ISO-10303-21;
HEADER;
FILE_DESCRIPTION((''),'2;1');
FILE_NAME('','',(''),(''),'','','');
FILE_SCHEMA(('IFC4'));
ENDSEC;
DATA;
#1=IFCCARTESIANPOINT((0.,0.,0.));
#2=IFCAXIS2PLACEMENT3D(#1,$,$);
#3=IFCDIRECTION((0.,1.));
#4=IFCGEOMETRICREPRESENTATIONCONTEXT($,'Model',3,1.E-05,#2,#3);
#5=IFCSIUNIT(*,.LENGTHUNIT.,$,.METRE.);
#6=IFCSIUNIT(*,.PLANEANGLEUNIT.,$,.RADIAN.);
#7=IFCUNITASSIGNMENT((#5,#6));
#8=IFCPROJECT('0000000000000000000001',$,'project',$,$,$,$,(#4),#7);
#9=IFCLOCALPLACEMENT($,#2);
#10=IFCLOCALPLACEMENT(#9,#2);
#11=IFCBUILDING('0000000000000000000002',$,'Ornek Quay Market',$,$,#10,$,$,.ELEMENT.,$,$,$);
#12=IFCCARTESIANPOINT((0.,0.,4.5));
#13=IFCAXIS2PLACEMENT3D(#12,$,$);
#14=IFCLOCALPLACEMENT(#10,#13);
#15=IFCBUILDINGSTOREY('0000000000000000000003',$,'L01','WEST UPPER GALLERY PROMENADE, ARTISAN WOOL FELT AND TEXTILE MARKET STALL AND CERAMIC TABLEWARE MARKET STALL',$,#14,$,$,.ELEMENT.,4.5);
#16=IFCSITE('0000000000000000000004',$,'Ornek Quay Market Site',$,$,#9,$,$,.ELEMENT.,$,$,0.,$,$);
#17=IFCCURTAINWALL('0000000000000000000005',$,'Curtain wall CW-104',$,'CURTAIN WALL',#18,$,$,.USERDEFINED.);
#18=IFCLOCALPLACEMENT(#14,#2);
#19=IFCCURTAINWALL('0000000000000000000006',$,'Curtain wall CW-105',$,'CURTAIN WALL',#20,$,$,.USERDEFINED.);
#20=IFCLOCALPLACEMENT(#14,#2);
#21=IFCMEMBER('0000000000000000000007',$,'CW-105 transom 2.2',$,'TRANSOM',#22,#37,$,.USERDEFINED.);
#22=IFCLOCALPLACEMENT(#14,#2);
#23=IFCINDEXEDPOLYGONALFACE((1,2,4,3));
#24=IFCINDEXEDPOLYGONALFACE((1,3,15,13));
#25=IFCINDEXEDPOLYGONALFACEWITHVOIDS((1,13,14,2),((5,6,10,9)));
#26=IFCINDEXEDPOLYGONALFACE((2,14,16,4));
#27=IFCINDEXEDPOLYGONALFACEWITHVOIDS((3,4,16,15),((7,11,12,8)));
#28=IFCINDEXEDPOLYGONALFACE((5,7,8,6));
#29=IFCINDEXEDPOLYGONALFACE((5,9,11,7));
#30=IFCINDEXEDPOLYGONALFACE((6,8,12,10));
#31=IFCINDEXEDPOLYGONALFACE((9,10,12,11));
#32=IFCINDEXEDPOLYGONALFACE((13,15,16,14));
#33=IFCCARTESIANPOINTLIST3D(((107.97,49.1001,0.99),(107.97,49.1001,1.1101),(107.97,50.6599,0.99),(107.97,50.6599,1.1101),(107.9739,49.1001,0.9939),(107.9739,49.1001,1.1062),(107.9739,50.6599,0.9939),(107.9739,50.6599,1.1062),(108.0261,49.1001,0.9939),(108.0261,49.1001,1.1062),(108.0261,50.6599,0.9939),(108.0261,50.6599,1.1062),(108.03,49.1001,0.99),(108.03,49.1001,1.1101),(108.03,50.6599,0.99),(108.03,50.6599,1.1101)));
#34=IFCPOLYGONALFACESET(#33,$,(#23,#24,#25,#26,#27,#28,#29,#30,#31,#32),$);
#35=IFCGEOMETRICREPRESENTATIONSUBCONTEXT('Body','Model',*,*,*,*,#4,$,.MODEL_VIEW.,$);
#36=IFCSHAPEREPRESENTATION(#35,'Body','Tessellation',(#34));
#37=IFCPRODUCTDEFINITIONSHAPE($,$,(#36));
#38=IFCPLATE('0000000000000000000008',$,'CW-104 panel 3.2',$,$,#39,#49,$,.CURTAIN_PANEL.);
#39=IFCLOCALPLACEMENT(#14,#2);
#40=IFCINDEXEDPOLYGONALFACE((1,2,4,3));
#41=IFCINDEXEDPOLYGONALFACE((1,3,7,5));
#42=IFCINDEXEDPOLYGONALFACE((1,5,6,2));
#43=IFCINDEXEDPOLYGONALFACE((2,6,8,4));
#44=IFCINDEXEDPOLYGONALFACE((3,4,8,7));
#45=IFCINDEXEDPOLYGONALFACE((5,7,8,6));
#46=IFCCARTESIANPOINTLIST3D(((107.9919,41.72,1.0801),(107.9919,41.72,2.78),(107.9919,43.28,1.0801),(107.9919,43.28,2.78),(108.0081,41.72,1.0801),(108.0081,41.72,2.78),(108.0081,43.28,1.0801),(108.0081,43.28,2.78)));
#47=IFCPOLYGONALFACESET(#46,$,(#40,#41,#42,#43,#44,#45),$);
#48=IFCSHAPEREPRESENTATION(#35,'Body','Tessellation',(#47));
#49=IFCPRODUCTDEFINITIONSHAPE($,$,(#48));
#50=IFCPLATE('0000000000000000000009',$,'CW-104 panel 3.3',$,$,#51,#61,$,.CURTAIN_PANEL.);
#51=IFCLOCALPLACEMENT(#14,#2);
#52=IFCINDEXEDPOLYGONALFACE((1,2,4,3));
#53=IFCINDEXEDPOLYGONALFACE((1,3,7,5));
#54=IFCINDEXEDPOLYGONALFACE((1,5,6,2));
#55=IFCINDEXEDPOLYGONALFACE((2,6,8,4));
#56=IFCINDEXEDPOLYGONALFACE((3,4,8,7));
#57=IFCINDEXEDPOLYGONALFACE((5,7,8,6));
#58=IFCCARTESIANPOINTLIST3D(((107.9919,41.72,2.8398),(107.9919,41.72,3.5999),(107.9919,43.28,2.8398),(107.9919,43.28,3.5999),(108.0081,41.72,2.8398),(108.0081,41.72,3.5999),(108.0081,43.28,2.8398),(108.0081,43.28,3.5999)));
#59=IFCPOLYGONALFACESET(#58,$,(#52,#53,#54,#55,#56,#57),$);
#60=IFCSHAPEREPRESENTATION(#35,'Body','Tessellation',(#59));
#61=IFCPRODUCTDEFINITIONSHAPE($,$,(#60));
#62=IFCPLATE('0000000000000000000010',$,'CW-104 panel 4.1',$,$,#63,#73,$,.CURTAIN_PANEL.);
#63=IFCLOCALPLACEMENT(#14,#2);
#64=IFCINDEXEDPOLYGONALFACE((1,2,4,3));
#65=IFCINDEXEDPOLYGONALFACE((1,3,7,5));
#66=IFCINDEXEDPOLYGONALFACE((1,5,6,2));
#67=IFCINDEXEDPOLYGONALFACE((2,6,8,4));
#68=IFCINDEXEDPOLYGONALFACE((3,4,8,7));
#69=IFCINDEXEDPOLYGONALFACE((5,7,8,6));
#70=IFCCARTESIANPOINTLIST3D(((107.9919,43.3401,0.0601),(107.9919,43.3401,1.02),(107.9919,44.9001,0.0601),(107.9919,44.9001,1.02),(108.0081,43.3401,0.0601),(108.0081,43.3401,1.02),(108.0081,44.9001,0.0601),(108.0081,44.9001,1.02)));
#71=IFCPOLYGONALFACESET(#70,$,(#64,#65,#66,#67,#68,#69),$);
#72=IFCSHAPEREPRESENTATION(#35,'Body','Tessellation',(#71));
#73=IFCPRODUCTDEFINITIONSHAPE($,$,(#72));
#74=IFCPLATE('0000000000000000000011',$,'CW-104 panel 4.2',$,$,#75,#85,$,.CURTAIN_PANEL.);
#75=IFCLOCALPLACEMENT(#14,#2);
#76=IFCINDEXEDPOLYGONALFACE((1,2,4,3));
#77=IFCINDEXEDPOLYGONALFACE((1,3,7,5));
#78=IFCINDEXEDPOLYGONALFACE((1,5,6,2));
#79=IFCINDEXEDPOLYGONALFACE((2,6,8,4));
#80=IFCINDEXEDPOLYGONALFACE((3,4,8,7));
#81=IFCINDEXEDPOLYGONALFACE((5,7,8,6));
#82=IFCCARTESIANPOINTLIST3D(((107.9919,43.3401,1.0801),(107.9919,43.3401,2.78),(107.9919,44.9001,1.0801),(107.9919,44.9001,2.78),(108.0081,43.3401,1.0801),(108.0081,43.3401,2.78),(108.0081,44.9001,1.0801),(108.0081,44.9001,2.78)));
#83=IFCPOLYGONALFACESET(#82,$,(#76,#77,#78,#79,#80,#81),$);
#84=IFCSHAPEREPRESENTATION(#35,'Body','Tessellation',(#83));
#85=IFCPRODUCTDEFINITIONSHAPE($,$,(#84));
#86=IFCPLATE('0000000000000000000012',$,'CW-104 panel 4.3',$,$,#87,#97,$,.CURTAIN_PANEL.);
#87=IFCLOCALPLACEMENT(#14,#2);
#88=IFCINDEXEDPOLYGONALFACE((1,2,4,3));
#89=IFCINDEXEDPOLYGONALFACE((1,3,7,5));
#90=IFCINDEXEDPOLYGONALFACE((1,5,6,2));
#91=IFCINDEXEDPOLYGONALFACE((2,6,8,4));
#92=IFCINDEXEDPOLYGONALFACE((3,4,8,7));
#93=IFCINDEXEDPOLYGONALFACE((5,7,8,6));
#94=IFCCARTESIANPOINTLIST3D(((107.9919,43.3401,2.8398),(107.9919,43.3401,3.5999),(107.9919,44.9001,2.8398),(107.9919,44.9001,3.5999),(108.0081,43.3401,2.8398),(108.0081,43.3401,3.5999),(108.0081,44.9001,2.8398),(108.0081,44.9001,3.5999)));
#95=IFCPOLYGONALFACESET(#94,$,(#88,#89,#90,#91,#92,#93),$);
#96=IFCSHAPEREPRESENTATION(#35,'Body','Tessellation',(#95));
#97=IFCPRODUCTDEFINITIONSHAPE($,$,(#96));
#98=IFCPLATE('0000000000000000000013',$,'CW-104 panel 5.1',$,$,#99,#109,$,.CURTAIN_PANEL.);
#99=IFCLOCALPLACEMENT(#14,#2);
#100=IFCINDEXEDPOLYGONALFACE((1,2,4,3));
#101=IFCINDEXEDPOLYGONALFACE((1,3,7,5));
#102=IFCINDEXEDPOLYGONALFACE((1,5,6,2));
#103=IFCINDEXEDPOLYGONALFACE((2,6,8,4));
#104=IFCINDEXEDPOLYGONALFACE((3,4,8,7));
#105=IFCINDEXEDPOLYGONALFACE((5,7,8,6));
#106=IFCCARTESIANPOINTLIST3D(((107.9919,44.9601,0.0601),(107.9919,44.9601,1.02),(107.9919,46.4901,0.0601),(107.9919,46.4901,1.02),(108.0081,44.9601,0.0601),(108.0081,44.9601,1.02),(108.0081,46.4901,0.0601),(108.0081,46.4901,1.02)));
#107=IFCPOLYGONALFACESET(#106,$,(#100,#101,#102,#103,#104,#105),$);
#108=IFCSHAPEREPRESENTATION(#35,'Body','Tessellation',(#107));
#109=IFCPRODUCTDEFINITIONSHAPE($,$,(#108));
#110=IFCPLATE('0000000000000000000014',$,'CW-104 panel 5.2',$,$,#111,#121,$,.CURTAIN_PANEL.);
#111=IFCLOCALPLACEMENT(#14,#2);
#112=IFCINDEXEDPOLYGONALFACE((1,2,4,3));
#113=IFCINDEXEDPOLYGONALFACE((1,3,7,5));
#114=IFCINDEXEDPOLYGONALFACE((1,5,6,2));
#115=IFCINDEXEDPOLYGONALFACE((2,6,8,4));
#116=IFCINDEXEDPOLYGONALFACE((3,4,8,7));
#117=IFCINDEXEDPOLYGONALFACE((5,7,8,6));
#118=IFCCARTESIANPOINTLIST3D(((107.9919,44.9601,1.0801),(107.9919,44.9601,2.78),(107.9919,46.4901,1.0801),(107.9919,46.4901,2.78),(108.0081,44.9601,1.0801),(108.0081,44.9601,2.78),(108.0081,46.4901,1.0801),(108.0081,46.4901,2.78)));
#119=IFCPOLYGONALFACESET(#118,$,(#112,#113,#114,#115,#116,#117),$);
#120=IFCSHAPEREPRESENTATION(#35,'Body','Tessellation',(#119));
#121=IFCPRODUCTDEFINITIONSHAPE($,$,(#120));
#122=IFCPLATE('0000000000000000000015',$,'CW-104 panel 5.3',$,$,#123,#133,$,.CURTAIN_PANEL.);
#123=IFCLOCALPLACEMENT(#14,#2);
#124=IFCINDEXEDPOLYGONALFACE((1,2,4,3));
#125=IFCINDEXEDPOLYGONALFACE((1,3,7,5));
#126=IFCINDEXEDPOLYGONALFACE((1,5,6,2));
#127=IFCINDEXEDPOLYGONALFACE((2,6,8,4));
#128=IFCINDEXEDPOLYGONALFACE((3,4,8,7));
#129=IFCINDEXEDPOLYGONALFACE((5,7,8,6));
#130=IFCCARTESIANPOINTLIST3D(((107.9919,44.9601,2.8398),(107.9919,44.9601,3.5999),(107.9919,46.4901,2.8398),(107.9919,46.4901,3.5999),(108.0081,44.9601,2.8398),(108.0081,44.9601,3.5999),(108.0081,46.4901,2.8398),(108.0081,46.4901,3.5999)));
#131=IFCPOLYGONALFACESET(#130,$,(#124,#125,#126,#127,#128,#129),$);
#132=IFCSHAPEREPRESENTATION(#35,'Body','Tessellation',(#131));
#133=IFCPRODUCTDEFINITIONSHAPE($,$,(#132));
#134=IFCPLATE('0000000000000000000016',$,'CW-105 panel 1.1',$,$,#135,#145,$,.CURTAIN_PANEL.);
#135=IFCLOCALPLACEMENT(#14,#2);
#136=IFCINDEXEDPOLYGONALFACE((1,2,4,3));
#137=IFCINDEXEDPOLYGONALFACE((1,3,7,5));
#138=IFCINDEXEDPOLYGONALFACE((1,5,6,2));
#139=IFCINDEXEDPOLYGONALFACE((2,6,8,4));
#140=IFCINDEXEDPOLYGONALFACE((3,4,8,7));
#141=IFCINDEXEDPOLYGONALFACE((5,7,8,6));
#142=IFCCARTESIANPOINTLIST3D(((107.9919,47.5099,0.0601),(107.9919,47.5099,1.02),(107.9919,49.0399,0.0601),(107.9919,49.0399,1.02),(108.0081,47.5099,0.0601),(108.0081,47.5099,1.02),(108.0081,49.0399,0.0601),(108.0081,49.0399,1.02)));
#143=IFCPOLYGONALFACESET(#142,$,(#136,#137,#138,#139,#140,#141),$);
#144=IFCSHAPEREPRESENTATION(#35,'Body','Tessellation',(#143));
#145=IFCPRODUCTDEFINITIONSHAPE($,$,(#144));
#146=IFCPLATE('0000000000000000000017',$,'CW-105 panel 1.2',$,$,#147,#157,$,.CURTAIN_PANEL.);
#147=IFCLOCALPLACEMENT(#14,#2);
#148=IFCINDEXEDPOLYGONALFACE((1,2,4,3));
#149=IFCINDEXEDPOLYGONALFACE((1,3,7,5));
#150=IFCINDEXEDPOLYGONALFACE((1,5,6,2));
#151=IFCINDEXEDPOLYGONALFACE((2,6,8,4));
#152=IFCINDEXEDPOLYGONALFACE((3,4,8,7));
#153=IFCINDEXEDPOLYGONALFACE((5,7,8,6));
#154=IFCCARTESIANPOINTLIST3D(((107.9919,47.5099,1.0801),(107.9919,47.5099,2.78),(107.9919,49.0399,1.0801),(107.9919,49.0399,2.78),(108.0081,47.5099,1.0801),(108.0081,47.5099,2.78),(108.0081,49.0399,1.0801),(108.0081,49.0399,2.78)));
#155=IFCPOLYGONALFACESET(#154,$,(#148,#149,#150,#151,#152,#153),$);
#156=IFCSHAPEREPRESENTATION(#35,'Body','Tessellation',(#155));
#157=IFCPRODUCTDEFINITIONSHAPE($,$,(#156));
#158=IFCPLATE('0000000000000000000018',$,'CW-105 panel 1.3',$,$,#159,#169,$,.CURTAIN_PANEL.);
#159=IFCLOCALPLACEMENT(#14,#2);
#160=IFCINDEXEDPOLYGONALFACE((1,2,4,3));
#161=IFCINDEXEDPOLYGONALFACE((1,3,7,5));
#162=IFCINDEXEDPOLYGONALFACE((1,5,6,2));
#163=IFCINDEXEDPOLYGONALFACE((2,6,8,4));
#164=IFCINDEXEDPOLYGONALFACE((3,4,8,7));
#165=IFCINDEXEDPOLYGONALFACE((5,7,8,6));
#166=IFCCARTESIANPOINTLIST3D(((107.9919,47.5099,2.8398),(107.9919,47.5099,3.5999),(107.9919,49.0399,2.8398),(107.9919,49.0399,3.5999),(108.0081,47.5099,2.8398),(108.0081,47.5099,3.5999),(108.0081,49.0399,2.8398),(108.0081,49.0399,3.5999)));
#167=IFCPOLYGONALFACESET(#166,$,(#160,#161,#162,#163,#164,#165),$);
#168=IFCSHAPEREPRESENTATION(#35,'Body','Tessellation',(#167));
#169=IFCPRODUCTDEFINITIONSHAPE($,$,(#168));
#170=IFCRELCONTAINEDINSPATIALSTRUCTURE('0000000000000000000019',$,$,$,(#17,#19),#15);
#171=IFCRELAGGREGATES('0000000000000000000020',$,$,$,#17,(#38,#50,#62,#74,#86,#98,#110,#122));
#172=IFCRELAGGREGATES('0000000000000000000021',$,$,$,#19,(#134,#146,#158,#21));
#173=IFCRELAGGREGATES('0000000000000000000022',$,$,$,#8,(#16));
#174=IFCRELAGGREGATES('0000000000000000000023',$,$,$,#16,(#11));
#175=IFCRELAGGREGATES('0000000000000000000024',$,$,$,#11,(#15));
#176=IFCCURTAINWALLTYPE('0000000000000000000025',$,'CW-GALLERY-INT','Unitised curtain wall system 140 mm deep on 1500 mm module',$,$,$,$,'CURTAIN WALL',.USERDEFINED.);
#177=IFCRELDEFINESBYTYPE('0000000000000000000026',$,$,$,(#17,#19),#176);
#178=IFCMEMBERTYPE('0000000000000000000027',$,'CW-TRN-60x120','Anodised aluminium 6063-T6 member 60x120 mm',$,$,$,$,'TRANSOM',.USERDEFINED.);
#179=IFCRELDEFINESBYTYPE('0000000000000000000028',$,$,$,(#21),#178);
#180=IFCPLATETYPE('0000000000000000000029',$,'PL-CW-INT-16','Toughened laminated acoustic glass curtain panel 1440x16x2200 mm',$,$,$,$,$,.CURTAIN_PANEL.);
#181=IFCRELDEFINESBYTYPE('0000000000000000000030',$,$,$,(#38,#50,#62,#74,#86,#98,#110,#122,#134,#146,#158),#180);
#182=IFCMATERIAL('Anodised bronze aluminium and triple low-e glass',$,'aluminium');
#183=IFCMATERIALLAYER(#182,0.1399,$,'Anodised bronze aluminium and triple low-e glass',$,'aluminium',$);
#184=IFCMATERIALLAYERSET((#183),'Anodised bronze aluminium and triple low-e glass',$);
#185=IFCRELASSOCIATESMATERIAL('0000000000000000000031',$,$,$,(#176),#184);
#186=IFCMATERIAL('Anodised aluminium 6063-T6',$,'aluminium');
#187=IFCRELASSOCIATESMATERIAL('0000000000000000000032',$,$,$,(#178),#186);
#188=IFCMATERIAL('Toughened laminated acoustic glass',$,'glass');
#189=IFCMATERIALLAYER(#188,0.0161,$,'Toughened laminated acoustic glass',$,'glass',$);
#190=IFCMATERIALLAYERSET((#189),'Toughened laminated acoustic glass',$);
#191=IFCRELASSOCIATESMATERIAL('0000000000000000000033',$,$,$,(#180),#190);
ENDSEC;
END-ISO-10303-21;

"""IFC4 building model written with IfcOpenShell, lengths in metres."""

from ifc_helpers import new_model, si_unit, direction, frame, origin, origin_2d, place, context, subcontext, project, spatial, rectangle, hollow_rectangle, extrude, material, layer, layer_set, material_profile, profile_set, type_object, element, aggregate, save


model = new_model("IFC4")

# Units and contexts
model_context = context("Model", 3, precision=1e-05, world=origin(), true_north=direction((0.0, 1.0)))
body_context = subcontext(model_context, "Body", "Model", "MODEL_VIEW")
ifc_project = project(units=[si_unit("LENGTHUNIT", "METRE"), si_unit("PLANEANGLEUNIT", "RADIAN")], contexts=[model_context])

# Site, building, storey
site_placement = place(None, origin())
site = spatial("IfcSite", under=ifc_project, at=site_placement, Name="Ornek Quay Market Site", CompositionType="ELEMENT", RefElevation=0.0)
building_placement = place(site_placement, origin())
building = spatial("IfcBuilding", under=site, at=building_placement, Name="Ornek Quay Market", CompositionType="ELEMENT")
storey_placement = place(building_placement, frame((0.0, 0.0, 4.5)))
storey = spatial("IfcBuildingStorey", under=building, at=storey_placement, Name="L01", Description="WEST UPPER GALLERY PROMENADE, ARTISAN WOOL FELT AND TEXTILE MARKET STALL AND CERAMIC TABLEWARE MARKET STALL", CompositionType="ELEMENT", Elevation=4.5)

# Curtain walls
ifc_material_1 = material(Name="Anodised bronze aluminium and triple low-e glass", Category="aluminium")
ifc_layer_1 = layer(ifc_material_1, 0.1399, Name="Anodised bronze aluminium and triple low-e glass", Category="aluminium")
ifc_layer_set_1 = layer_set([ifc_layer_1], Name="Anodised bronze aluminium and triple low-e glass")
curtain_wall_type = type_object("IfcCurtainWallType", Name="CW-GALLERY-INT", Description="Unitised curtain wall system 140 mm deep on 1500 mm module", ElementType="CURTAIN WALL", PredefinedType="USERDEFINED", material=ifc_layer_set_1)
curtain_wall_1_placement = place(storey_placement, origin())
curtain_wall_1 = element("IfcCurtainWall", 1, at=curtain_wall_1_placement, inside=storey, type_object=curtain_wall_type, Name="Curtain wall CW-104", ObjectType="CURTAIN WALL", PredefinedType="USERDEFINED")
ifc_material_2 = material(Name="Anodised aluminium 6063-T6", Category="aluminium")
curtain_wall_2_placement = place(storey_placement, origin())
curtain_wall_2 = element("IfcCurtainWall", 2, at=curtain_wall_2_placement, inside=storey, type_object=curtain_wall_type, Name="Curtain wall CW-105", ObjectType="CURTAIN WALL", PredefinedType="USERDEFINED")

# Member
ifc_material_profile_1 = material_profile(ifc_material_2, hollow_rectangle(XDim=0.0601, YDim=0.1201, WallThickness=0.0039, at=origin_2d()), Name="CW-TRN-60x120", Category="aluminium")
ifc_profile_set_1 = profile_set([ifc_material_profile_1], Name="Anodised aluminium 6063-T6")
member_type_1 = type_object("IfcMemberType", Name="CW-TRN-60x120", Description="Anodised aluminium 6063-T6 member 60x120 mm", ElementType="TRANSOM", PredefinedType="USERDEFINED", material=ifc_profile_set_1)
member_1_placement = place(storey_placement, frame((108.0, 49.1001, 1.05), z_axis=(0.0, 1.0, 0.0), x_axis=(-1.0, 0.0, 0.0)))
member_1 = element("IfcMember", 3, at=member_1_placement, type_object=member_type_1, Name="CW-105 transom 2.2", ObjectType="TRANSOM", PredefinedType="USERDEFINED", context=body_context, shape_type="SweptSolid", body=[
    extrude(hollow_rectangle(XDim=0.0601, YDim=0.1201, WallThickness=0.0039, at=origin_2d()), origin(), (0.0, 0.0, 1.0), 1.5598),
])

# Plates
ifc_material_3 = material(Name="Toughened laminated acoustic glass", Category="glass")
ifc_layer_2 = layer(ifc_material_3, 0.0161, Name="Toughened laminated acoustic glass", Category="glass")
ifc_layer_set_2 = layer_set([ifc_layer_2], Name="Toughened laminated acoustic glass")
plate_type = type_object("IfcPlateType", Name="PL-CW-INT-16", Description="Toughened laminated acoustic glass curtain panel 1440x16x2200 mm", PredefinedType="CURTAIN_PANEL", material=ifc_layer_set_2)
plate_1_placement = place(storey_placement, frame((108.0, 42.5, 1.0801), z_axis=(0.0, 0.0, 1.0), x_axis=(0.0, 1.0, 0.0)))
plate_1 = element("IfcPlate", 4, at=plate_1_placement, type_object=plate_type, Name="CW-104 panel 3.2", PredefinedType="CURTAIN_PANEL", context=body_context, shape_type="SweptSolid", body=[
    extrude(rectangle(XDim=1.5601, YDim=0.0161, at=origin_2d()), origin(), (0.0, 0.0, 1.0), 1.7),
])
plate_2_placement = place(storey_placement, frame((108.0, 42.5, 2.8398), z_axis=(0.0, 0.0, 1.0), x_axis=(0.0, 1.0, 0.0)))
plate_2 = element("IfcPlate", 5, at=plate_2_placement, type_object=plate_type, Name="CW-104 panel 3.3", PredefinedType="CURTAIN_PANEL", context=body_context, shape_type="SweptSolid", body=[
    extrude(rectangle(XDim=1.5601, YDim=0.0161, at=origin_2d()), origin(), (0.0, 0.0, 1.0), 0.76),
])
plate_3_placement = place(storey_placement, frame((108.0, 44.1201, 0.0601), z_axis=(0.0, 0.0, 1.0), x_axis=(0.0, 1.0, 0.0)))
plate_3 = element("IfcPlate", 6, at=plate_3_placement, type_object=plate_type, Name="CW-104 panel 4.1", PredefinedType="CURTAIN_PANEL", context=body_context, shape_type="SweptSolid", body=[
    extrude(rectangle(XDim=1.5601, YDim=0.0161, at=origin_2d()), origin(), (0.0, 0.0, 1.0), 0.96),
])
plate_4_placement = place(storey_placement, frame((108.0, 44.1201, 1.0801), z_axis=(0.0, 0.0, 1.0), x_axis=(0.0, 1.0, 0.0)))
plate_4 = element("IfcPlate", 7, at=plate_4_placement, type_object=plate_type, Name="CW-104 panel 4.2", PredefinedType="CURTAIN_PANEL", context=body_context, shape_type="SweptSolid", body=[
    extrude(rectangle(XDim=1.5601, YDim=0.0161, at=origin_2d()), origin(), (0.0, 0.0, 1.0), 1.7),
])
plate_5_placement = place(storey_placement, frame((108.0, 44.1201, 2.8398), z_axis=(0.0, 0.0, 1.0), x_axis=(0.0, 1.0, 0.0)))
plate_5 = element("IfcPlate", 8, at=plate_5_placement, type_object=plate_type, Name="CW-104 panel 4.3", PredefinedType="CURTAIN_PANEL", context=body_context, shape_type="SweptSolid", body=[
    extrude(rectangle(XDim=1.5601, YDim=0.0161, at=origin_2d()), origin(), (0.0, 0.0, 1.0), 0.76),
])
plate_6_placement = place(storey_placement, frame((108.0, 45.7251, 0.0601), z_axis=(0.0, 0.0, 1.0), x_axis=(0.0, 1.0, 0.0)))
plate_6 = element("IfcPlate", 9, at=plate_6_placement, type_object=plate_type, Name="CW-104 panel 5.1", PredefinedType="CURTAIN_PANEL", context=body_context, shape_type="SweptSolid", body=[
    extrude(rectangle(XDim=1.53, YDim=0.0161, at=origin_2d()), origin(), (0.0, 0.0, 1.0), 0.96),
])
plate_7_placement = place(storey_placement, frame((108.0, 45.7251, 1.0801), z_axis=(0.0, 0.0, 1.0), x_axis=(0.0, 1.0, 0.0)))
plate_7 = element("IfcPlate", 10, at=plate_7_placement, type_object=plate_type, Name="CW-104 panel 5.2", PredefinedType="CURTAIN_PANEL", context=body_context, shape_type="SweptSolid", body=[
    extrude(rectangle(XDim=1.53, YDim=0.0161, at=origin_2d()), origin(), (0.0, 0.0, 1.0), 1.7),
])
plate_8_placement = place(storey_placement, frame((108.0, 45.7251, 2.8398), z_axis=(0.0, 0.0, 1.0), x_axis=(0.0, 1.0, 0.0)))
plate_8 = element("IfcPlate", 11, at=plate_8_placement, type_object=plate_type, Name="CW-104 panel 5.3", PredefinedType="CURTAIN_PANEL", context=body_context, shape_type="SweptSolid", body=[
    extrude(rectangle(XDim=1.53, YDim=0.0161, at=origin_2d()), origin(), (0.0, 0.0, 1.0), 0.76),
])
aggregate(curtain_wall_1, [plate_1, plate_2, plate_3, plate_4, plate_5, plate_6, plate_7, plate_8])
plate_9_placement = place(storey_placement, frame((108.0, 48.2749, 0.0601), z_axis=(0.0, 0.0, 1.0), x_axis=(0.0, 1.0, 0.0)))
plate_9 = element("IfcPlate", 12, at=plate_9_placement, type_object=plate_type, Name="CW-105 panel 1.1", PredefinedType="CURTAIN_PANEL", context=body_context, shape_type="SweptSolid", body=[
    extrude(rectangle(XDim=1.53, YDim=0.0161, at=origin_2d()), origin(), (0.0, 0.0, 1.0), 0.96),
])
plate_10_placement = place(storey_placement, frame((108.0, 48.2749, 1.0801), z_axis=(0.0, 0.0, 1.0), x_axis=(0.0, 1.0, 0.0)))
plate_10 = element("IfcPlate", 13, at=plate_10_placement, type_object=plate_type, Name="CW-105 panel 1.2", PredefinedType="CURTAIN_PANEL", context=body_context, shape_type="SweptSolid", body=[
    extrude(rectangle(XDim=1.53, YDim=0.0161, at=origin_2d()), origin(), (0.0, 0.0, 1.0), 1.7),
])
plate_11_placement = place(storey_placement, frame((108.0, 48.2749, 2.8398), z_axis=(0.0, 0.0, 1.0), x_axis=(0.0, 1.0, 0.0)))
plate_11 = element("IfcPlate", 14, at=plate_11_placement, type_object=plate_type, Name="CW-105 panel 1.3", PredefinedType="CURTAIN_PANEL", context=body_context, shape_type="SweptSolid", body=[
    extrude(rectangle(XDim=1.53, YDim=0.0161, at=origin_2d()), origin(), (0.0, 0.0, 1.0), 0.76),
])
aggregate(curtain_wall_2, [plate_9, plate_10, plate_11, member_1])

save(model, "model.ifc")
